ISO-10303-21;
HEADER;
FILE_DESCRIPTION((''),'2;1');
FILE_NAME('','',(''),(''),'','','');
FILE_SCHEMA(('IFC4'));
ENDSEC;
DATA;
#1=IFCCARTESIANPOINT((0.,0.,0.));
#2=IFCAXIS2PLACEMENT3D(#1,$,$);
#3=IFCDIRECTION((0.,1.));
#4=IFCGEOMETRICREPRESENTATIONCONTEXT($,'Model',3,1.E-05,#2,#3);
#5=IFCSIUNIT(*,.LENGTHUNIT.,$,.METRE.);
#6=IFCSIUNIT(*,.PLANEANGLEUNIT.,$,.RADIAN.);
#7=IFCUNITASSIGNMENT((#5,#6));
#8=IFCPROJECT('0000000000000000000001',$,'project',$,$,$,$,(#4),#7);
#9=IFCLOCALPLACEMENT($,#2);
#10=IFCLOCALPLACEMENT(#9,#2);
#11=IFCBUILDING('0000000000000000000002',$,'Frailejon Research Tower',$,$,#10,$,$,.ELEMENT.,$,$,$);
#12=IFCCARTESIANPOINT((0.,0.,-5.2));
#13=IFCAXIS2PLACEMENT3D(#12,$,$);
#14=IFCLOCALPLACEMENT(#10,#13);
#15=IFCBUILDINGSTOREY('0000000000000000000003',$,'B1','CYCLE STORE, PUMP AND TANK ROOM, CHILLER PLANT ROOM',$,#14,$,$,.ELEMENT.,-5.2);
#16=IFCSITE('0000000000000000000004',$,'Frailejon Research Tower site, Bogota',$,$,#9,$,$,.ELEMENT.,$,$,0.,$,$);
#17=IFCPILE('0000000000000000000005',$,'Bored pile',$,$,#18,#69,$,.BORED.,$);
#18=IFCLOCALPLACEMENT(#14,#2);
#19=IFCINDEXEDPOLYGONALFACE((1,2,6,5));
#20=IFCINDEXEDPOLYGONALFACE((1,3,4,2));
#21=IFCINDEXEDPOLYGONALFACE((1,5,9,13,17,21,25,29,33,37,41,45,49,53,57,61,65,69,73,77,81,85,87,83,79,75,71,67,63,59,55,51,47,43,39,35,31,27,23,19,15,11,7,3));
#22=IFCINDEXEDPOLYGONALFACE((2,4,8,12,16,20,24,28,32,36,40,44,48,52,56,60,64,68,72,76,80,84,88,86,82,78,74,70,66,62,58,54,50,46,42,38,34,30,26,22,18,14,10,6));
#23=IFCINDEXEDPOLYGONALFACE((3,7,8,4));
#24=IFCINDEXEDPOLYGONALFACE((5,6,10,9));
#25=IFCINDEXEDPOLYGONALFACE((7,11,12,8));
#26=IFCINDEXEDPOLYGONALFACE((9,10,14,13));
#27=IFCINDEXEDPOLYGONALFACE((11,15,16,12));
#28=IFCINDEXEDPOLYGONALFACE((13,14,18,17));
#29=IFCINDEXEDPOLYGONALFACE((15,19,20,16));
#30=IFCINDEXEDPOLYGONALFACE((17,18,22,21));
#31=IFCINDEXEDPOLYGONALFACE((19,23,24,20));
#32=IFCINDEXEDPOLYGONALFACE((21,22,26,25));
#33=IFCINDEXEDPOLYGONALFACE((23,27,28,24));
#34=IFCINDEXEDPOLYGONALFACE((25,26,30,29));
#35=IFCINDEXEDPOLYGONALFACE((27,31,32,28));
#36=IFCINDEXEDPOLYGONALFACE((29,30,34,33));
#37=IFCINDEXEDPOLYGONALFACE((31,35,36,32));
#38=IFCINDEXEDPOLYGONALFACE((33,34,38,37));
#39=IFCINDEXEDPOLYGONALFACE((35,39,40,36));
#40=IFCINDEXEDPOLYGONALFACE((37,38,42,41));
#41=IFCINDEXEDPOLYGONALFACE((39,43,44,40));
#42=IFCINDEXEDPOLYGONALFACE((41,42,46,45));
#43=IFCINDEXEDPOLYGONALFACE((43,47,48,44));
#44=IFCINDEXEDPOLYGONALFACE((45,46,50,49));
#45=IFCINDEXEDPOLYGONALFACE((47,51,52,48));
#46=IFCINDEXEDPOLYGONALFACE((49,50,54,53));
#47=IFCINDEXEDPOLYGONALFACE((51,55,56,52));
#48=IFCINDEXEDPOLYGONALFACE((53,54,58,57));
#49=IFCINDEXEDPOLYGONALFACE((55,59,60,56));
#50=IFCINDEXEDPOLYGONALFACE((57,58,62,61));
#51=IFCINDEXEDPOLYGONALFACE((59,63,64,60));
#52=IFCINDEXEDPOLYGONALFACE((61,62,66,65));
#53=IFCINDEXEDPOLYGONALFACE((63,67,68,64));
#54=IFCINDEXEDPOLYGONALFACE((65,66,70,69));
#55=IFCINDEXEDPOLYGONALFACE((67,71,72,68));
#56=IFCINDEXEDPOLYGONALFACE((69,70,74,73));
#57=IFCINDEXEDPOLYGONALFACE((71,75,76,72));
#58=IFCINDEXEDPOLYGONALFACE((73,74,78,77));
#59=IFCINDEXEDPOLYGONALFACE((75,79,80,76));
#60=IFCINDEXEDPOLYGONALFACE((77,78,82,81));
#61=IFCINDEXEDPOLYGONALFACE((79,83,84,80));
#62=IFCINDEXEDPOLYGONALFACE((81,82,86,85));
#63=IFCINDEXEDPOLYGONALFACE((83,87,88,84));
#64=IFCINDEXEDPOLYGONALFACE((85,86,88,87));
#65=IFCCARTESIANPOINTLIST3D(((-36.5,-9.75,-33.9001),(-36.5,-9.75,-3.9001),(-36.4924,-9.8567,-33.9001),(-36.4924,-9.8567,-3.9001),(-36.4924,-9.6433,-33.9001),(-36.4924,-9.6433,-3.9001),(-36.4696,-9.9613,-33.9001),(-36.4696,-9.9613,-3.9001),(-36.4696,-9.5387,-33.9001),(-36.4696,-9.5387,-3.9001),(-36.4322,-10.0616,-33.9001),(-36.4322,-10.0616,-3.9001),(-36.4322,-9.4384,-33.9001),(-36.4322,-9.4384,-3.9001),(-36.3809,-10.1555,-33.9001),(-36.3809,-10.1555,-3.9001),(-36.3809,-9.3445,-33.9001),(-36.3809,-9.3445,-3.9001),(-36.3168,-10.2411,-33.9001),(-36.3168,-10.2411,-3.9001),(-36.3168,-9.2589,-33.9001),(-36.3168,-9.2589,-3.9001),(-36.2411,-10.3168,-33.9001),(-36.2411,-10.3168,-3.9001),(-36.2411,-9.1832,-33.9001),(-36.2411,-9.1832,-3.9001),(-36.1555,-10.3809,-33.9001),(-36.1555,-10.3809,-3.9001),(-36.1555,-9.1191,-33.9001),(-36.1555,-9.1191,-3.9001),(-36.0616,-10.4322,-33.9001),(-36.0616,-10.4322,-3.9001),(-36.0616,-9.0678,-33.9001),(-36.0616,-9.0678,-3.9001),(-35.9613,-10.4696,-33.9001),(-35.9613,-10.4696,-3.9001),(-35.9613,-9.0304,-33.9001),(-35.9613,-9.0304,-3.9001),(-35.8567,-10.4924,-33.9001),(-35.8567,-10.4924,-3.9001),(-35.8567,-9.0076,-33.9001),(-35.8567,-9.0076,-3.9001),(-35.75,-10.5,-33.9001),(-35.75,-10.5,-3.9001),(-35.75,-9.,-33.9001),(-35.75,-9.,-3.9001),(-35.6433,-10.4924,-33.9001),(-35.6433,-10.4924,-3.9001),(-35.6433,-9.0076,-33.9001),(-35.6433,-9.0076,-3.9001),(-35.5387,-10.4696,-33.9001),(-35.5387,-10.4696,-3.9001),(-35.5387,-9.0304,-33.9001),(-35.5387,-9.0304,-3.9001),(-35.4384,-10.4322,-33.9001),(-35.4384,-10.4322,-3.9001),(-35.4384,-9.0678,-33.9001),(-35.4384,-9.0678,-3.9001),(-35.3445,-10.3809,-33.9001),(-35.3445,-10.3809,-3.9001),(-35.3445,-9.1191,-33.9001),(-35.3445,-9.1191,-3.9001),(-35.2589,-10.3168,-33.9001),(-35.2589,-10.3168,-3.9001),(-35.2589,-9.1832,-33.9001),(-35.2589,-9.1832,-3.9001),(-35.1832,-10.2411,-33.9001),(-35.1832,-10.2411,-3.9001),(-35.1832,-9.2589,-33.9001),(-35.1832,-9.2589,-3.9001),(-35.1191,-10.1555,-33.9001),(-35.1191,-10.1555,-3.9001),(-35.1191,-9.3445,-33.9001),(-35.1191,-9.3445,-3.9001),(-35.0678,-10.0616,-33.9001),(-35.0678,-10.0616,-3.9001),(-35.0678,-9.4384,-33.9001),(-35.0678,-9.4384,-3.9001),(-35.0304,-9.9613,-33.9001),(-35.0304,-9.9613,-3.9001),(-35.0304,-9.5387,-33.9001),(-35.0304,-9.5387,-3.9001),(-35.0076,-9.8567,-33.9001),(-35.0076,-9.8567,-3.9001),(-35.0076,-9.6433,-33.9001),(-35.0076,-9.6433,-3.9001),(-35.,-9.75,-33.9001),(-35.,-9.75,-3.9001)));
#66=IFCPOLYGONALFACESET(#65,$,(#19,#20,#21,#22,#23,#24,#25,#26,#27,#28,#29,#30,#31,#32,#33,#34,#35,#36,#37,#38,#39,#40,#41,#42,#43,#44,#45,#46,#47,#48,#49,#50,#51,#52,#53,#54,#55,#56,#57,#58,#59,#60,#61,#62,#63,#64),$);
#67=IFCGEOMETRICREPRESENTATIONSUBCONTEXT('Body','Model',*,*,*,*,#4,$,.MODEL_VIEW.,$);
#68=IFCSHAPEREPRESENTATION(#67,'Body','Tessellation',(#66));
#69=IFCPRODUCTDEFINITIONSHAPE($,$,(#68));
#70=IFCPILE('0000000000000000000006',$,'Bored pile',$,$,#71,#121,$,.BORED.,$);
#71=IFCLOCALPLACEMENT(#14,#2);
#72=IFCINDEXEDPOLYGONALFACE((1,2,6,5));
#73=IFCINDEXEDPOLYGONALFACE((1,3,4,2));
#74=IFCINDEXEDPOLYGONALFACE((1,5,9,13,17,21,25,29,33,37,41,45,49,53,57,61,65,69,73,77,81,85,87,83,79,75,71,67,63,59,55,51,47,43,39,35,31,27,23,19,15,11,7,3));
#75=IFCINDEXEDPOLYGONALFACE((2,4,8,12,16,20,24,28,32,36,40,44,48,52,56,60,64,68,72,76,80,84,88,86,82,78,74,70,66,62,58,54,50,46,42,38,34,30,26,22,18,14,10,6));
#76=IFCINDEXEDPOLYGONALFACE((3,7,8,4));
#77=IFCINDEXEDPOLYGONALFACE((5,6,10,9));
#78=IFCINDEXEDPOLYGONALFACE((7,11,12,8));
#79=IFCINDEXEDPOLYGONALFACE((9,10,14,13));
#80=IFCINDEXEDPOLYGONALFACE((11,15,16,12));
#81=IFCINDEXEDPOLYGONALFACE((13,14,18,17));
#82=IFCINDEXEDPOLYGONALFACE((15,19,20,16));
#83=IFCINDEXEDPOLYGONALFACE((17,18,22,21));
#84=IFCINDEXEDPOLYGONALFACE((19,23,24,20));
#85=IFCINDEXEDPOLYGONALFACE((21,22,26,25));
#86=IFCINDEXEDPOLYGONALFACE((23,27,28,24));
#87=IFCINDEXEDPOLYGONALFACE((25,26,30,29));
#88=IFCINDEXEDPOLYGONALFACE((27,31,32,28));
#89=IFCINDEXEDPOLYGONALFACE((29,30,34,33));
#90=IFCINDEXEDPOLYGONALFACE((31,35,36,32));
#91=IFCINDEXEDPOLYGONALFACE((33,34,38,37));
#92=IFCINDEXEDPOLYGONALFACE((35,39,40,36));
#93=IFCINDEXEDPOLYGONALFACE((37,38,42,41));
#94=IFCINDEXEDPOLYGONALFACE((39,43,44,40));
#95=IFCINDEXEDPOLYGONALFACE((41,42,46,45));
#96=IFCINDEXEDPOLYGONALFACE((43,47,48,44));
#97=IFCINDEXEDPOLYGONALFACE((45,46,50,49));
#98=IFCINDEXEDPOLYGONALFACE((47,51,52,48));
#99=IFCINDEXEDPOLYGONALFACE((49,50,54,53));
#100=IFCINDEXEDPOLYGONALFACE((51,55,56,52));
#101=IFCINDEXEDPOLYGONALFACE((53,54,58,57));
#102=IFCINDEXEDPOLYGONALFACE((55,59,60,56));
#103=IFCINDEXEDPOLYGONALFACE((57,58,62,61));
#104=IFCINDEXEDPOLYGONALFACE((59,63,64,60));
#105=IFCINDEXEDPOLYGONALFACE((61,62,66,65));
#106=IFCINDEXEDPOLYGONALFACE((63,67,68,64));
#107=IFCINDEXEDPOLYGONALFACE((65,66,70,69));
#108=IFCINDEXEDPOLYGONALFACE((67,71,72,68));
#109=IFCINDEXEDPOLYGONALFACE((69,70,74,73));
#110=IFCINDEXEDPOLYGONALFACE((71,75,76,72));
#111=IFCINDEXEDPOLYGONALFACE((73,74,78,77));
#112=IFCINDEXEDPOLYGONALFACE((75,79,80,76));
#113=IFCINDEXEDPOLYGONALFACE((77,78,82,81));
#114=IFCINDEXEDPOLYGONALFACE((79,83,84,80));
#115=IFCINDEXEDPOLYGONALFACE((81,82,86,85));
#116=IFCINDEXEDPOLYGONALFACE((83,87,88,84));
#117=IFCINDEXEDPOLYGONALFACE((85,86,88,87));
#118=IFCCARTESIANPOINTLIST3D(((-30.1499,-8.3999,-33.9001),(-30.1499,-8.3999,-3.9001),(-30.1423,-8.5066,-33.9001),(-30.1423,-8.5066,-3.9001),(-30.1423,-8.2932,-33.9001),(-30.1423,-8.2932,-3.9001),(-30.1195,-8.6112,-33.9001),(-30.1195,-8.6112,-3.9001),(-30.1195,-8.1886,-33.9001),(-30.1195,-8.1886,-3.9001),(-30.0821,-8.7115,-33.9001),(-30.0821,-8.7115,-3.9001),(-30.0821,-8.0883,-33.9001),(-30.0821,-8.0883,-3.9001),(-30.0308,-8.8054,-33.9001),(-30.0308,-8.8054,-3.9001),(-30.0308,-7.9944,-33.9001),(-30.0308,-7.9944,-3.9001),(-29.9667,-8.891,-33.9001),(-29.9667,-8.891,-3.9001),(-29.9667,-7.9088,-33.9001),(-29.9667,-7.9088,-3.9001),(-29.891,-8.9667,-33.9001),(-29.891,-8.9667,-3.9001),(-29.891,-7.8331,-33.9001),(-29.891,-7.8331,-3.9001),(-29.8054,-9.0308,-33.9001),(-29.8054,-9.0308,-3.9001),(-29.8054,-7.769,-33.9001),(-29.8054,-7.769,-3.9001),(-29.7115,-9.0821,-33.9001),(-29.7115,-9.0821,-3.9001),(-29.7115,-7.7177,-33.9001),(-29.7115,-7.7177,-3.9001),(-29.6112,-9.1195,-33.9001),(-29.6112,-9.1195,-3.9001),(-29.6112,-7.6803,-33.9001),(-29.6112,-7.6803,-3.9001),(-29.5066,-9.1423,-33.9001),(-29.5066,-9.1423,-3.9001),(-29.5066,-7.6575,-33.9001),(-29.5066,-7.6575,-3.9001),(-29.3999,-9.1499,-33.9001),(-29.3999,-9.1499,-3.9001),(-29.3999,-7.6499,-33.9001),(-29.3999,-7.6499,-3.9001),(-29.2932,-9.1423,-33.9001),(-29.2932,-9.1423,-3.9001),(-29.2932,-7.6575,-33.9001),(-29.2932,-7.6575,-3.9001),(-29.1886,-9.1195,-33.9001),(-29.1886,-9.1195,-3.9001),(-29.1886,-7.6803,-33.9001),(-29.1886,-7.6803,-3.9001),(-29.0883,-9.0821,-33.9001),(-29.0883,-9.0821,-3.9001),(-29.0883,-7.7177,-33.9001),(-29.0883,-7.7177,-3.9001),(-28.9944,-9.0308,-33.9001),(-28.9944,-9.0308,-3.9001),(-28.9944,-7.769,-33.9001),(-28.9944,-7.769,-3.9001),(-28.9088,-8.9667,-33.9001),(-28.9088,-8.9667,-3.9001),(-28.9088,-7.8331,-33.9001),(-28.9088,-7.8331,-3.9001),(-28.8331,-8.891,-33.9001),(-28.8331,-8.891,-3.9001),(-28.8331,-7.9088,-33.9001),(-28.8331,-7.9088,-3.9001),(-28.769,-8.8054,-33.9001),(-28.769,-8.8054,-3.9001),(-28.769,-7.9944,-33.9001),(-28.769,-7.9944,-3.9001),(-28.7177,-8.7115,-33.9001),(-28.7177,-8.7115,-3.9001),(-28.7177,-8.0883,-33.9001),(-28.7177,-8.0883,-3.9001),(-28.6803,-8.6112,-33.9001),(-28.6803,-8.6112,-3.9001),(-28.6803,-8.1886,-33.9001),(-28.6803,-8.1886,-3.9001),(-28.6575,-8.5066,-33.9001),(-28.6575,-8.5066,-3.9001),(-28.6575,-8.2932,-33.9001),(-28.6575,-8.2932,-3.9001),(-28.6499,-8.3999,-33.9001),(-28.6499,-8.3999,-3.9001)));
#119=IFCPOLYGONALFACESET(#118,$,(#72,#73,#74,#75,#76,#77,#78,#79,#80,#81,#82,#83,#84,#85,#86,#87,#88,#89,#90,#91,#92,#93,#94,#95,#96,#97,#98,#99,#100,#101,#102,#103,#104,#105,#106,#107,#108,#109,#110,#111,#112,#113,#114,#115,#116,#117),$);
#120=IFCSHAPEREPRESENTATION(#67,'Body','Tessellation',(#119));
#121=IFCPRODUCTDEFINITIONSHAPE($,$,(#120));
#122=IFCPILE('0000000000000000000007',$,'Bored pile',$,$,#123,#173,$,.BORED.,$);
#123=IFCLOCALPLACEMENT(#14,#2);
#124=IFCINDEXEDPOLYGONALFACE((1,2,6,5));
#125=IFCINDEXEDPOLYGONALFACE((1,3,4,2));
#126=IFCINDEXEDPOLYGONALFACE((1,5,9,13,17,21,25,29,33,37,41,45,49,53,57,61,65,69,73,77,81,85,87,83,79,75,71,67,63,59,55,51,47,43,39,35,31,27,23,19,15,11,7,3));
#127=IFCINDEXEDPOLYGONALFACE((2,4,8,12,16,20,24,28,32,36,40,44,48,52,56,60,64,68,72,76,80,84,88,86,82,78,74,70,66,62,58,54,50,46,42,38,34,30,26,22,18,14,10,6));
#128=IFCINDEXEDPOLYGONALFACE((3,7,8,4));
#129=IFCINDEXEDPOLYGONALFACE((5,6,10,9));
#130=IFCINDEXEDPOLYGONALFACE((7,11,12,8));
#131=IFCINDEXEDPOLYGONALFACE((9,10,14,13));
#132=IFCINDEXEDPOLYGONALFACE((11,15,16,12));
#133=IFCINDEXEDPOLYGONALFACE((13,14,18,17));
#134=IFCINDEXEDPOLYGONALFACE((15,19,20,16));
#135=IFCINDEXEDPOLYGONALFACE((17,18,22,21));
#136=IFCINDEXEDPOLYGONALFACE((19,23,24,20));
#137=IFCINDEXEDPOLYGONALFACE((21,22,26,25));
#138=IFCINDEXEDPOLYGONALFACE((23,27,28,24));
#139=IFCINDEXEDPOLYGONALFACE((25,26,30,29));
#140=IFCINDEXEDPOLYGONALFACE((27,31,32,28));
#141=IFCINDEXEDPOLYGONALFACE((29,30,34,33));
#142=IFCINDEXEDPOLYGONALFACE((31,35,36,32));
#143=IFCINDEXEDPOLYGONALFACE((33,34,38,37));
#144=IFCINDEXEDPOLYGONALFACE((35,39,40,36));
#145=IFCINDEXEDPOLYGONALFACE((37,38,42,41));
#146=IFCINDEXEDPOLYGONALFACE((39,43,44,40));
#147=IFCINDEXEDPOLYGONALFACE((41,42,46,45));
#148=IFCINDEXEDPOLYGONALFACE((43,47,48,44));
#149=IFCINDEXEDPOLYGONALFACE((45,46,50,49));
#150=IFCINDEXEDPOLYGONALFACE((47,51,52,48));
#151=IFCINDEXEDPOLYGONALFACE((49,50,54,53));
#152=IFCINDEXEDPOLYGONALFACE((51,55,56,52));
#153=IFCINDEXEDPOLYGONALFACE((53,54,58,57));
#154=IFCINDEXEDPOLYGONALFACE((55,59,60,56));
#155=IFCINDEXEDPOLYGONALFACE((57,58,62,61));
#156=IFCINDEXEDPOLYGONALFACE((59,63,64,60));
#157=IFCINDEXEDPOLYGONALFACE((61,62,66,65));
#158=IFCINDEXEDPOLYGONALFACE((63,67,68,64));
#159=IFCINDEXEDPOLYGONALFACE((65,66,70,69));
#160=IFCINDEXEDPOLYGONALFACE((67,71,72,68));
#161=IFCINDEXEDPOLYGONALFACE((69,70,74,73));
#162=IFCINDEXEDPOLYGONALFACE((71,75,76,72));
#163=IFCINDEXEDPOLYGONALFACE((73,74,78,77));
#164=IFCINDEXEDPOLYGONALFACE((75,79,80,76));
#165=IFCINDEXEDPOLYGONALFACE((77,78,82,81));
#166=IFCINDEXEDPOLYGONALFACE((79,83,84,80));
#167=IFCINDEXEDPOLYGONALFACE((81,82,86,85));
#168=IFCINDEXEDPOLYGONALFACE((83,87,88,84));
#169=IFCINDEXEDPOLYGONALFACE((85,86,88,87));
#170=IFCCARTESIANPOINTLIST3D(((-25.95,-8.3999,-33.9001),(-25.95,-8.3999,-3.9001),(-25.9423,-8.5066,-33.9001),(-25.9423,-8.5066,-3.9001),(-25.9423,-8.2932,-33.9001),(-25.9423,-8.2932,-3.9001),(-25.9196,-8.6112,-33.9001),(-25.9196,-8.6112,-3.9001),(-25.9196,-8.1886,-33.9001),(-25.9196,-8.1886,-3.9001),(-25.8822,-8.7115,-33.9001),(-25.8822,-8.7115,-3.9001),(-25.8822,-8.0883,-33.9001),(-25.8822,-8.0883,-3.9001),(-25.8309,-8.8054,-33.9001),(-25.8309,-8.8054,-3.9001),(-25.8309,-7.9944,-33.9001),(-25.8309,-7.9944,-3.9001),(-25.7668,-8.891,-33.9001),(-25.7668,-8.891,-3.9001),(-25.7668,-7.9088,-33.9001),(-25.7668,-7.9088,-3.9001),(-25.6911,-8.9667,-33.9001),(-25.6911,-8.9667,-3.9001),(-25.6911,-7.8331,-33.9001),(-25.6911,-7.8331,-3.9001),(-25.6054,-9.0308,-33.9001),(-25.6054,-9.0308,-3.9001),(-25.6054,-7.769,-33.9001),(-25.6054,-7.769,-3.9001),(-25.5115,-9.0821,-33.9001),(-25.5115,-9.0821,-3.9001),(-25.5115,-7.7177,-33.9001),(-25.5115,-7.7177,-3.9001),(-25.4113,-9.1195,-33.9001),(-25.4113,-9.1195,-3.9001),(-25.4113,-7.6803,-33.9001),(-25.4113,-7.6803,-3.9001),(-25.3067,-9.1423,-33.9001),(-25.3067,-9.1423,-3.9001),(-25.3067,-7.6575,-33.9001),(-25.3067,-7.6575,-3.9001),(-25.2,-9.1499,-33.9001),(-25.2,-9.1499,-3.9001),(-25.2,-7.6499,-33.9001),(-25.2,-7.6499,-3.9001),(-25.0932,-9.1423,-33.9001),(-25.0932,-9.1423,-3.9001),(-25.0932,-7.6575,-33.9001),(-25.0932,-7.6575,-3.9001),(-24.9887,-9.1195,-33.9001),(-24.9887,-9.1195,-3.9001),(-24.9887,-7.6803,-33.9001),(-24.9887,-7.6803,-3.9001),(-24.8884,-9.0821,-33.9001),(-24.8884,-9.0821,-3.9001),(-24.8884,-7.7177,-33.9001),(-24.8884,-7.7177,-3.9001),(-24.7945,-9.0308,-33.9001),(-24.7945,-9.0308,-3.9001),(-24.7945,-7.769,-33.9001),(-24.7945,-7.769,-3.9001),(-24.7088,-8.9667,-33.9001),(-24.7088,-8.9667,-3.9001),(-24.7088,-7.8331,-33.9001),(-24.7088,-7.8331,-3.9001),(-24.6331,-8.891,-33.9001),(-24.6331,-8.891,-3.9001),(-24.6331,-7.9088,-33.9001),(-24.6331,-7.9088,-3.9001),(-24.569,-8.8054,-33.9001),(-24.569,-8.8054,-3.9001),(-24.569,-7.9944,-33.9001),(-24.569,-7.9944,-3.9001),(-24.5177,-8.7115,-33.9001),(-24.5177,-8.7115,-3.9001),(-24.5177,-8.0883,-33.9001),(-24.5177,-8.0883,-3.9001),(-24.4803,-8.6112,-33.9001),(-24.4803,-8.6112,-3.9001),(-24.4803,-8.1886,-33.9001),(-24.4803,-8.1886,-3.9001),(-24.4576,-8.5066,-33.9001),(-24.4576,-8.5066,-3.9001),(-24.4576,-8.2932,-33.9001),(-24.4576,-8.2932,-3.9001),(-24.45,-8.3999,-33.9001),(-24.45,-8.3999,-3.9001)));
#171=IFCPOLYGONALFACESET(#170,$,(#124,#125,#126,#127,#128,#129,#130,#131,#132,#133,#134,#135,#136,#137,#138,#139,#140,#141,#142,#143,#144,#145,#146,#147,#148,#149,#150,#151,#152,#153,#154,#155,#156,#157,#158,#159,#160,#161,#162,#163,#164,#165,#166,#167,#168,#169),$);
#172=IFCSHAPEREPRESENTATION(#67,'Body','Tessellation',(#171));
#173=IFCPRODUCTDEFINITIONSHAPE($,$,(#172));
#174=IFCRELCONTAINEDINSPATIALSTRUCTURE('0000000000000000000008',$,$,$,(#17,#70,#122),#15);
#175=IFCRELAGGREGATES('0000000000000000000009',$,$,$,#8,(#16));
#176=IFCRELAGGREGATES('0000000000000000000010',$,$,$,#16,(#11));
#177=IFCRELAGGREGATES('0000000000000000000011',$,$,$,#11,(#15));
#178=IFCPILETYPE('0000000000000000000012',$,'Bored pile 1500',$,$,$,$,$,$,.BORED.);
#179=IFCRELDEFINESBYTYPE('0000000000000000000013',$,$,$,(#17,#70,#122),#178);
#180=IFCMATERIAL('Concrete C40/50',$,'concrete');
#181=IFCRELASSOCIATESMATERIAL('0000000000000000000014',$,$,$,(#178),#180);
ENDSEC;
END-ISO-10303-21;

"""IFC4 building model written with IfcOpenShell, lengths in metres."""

from ifc_helpers import new_model, si_unit, direction, frame, origin, origin_2d, place, context, subcontext, project, spatial, circle, extrude, material, material_profile, profile_set, type_object, element, save


model = new_model("IFC4")

# Units and contexts
model_context = context("Model", 3, precision=1e-05, world=origin(), true_north=direction((0.0, 1.0)))
body_context = subcontext(model_context, "Body", "Model", "MODEL_VIEW")
ifc_project = project(units=[si_unit("LENGTHUNIT", "METRE"), si_unit("PLANEANGLEUNIT", "RADIAN")], contexts=[model_context])

# Site, building, storey
site_placement = place(None, origin())
site = spatial("IfcSite", under=ifc_project, at=site_placement, Name="Frailejon Research Tower site, Bogota", CompositionType="ELEMENT", RefElevation=0.0)
building_placement = place(site_placement, origin())
building = spatial("IfcBuilding", under=site, at=building_placement, Name="Frailejon Research Tower", CompositionType="ELEMENT")
storey_placement = place(building_placement, frame((0.0, 0.0, -5.2)))
storey = spatial("IfcBuildingStorey", under=building, at=storey_placement, Name="B1", Description="CYCLE STORE, PUMP AND TANK ROOM, CHILLER PLANT ROOM", CompositionType="ELEMENT", Elevation=-5.2)

# Piles
ifc_material_1 = material(Name="Concrete C40/50", Category="concrete")
ifc_material_profile_1 = material_profile(ifc_material_1, circle(Radius=0.75, at=origin_2d()), Name="Bored pile 1500")
ifc_profile_set_1 = profile_set([ifc_material_profile_1], Name="Concrete C40/50")
pile_type = type_object("IfcPileType", Name="Bored pile 1500", PredefinedType="BORED", material=ifc_profile_set_1)
for number, where, z_axis, x_axis, name in (
    (1, (-35.75, -9.75, -3.9001), (0.0, 0.0, -1.0), (1.0, 0.0, 0.0), "Bored pile"),
    (2, (-29.3999, -8.3999, -3.9001), (0.0, 0.0, -1.0), (1.0, 0.0, 0.0), "Bored pile"),
    (3, (-25.2, -8.3999, -3.9001), (0.0, 0.0, -1.0), (1.0, 0.0, 0.0), "Bored pile"),
):
    element("IfcPile", number, at=place(storey_placement, frame(where, z_axis=z_axis, x_axis=x_axis)), inside=storey, type_object=pile_type, Name=name, PredefinedType="BORED", context=body_context, shape_type="SweptSolid", body=[
        extrude(circle(Radius=0.75, at=origin_2d()), origin(), (0.0, 0.0, 1.0), 30.0),
    ])

save(model, "model.ifc")
